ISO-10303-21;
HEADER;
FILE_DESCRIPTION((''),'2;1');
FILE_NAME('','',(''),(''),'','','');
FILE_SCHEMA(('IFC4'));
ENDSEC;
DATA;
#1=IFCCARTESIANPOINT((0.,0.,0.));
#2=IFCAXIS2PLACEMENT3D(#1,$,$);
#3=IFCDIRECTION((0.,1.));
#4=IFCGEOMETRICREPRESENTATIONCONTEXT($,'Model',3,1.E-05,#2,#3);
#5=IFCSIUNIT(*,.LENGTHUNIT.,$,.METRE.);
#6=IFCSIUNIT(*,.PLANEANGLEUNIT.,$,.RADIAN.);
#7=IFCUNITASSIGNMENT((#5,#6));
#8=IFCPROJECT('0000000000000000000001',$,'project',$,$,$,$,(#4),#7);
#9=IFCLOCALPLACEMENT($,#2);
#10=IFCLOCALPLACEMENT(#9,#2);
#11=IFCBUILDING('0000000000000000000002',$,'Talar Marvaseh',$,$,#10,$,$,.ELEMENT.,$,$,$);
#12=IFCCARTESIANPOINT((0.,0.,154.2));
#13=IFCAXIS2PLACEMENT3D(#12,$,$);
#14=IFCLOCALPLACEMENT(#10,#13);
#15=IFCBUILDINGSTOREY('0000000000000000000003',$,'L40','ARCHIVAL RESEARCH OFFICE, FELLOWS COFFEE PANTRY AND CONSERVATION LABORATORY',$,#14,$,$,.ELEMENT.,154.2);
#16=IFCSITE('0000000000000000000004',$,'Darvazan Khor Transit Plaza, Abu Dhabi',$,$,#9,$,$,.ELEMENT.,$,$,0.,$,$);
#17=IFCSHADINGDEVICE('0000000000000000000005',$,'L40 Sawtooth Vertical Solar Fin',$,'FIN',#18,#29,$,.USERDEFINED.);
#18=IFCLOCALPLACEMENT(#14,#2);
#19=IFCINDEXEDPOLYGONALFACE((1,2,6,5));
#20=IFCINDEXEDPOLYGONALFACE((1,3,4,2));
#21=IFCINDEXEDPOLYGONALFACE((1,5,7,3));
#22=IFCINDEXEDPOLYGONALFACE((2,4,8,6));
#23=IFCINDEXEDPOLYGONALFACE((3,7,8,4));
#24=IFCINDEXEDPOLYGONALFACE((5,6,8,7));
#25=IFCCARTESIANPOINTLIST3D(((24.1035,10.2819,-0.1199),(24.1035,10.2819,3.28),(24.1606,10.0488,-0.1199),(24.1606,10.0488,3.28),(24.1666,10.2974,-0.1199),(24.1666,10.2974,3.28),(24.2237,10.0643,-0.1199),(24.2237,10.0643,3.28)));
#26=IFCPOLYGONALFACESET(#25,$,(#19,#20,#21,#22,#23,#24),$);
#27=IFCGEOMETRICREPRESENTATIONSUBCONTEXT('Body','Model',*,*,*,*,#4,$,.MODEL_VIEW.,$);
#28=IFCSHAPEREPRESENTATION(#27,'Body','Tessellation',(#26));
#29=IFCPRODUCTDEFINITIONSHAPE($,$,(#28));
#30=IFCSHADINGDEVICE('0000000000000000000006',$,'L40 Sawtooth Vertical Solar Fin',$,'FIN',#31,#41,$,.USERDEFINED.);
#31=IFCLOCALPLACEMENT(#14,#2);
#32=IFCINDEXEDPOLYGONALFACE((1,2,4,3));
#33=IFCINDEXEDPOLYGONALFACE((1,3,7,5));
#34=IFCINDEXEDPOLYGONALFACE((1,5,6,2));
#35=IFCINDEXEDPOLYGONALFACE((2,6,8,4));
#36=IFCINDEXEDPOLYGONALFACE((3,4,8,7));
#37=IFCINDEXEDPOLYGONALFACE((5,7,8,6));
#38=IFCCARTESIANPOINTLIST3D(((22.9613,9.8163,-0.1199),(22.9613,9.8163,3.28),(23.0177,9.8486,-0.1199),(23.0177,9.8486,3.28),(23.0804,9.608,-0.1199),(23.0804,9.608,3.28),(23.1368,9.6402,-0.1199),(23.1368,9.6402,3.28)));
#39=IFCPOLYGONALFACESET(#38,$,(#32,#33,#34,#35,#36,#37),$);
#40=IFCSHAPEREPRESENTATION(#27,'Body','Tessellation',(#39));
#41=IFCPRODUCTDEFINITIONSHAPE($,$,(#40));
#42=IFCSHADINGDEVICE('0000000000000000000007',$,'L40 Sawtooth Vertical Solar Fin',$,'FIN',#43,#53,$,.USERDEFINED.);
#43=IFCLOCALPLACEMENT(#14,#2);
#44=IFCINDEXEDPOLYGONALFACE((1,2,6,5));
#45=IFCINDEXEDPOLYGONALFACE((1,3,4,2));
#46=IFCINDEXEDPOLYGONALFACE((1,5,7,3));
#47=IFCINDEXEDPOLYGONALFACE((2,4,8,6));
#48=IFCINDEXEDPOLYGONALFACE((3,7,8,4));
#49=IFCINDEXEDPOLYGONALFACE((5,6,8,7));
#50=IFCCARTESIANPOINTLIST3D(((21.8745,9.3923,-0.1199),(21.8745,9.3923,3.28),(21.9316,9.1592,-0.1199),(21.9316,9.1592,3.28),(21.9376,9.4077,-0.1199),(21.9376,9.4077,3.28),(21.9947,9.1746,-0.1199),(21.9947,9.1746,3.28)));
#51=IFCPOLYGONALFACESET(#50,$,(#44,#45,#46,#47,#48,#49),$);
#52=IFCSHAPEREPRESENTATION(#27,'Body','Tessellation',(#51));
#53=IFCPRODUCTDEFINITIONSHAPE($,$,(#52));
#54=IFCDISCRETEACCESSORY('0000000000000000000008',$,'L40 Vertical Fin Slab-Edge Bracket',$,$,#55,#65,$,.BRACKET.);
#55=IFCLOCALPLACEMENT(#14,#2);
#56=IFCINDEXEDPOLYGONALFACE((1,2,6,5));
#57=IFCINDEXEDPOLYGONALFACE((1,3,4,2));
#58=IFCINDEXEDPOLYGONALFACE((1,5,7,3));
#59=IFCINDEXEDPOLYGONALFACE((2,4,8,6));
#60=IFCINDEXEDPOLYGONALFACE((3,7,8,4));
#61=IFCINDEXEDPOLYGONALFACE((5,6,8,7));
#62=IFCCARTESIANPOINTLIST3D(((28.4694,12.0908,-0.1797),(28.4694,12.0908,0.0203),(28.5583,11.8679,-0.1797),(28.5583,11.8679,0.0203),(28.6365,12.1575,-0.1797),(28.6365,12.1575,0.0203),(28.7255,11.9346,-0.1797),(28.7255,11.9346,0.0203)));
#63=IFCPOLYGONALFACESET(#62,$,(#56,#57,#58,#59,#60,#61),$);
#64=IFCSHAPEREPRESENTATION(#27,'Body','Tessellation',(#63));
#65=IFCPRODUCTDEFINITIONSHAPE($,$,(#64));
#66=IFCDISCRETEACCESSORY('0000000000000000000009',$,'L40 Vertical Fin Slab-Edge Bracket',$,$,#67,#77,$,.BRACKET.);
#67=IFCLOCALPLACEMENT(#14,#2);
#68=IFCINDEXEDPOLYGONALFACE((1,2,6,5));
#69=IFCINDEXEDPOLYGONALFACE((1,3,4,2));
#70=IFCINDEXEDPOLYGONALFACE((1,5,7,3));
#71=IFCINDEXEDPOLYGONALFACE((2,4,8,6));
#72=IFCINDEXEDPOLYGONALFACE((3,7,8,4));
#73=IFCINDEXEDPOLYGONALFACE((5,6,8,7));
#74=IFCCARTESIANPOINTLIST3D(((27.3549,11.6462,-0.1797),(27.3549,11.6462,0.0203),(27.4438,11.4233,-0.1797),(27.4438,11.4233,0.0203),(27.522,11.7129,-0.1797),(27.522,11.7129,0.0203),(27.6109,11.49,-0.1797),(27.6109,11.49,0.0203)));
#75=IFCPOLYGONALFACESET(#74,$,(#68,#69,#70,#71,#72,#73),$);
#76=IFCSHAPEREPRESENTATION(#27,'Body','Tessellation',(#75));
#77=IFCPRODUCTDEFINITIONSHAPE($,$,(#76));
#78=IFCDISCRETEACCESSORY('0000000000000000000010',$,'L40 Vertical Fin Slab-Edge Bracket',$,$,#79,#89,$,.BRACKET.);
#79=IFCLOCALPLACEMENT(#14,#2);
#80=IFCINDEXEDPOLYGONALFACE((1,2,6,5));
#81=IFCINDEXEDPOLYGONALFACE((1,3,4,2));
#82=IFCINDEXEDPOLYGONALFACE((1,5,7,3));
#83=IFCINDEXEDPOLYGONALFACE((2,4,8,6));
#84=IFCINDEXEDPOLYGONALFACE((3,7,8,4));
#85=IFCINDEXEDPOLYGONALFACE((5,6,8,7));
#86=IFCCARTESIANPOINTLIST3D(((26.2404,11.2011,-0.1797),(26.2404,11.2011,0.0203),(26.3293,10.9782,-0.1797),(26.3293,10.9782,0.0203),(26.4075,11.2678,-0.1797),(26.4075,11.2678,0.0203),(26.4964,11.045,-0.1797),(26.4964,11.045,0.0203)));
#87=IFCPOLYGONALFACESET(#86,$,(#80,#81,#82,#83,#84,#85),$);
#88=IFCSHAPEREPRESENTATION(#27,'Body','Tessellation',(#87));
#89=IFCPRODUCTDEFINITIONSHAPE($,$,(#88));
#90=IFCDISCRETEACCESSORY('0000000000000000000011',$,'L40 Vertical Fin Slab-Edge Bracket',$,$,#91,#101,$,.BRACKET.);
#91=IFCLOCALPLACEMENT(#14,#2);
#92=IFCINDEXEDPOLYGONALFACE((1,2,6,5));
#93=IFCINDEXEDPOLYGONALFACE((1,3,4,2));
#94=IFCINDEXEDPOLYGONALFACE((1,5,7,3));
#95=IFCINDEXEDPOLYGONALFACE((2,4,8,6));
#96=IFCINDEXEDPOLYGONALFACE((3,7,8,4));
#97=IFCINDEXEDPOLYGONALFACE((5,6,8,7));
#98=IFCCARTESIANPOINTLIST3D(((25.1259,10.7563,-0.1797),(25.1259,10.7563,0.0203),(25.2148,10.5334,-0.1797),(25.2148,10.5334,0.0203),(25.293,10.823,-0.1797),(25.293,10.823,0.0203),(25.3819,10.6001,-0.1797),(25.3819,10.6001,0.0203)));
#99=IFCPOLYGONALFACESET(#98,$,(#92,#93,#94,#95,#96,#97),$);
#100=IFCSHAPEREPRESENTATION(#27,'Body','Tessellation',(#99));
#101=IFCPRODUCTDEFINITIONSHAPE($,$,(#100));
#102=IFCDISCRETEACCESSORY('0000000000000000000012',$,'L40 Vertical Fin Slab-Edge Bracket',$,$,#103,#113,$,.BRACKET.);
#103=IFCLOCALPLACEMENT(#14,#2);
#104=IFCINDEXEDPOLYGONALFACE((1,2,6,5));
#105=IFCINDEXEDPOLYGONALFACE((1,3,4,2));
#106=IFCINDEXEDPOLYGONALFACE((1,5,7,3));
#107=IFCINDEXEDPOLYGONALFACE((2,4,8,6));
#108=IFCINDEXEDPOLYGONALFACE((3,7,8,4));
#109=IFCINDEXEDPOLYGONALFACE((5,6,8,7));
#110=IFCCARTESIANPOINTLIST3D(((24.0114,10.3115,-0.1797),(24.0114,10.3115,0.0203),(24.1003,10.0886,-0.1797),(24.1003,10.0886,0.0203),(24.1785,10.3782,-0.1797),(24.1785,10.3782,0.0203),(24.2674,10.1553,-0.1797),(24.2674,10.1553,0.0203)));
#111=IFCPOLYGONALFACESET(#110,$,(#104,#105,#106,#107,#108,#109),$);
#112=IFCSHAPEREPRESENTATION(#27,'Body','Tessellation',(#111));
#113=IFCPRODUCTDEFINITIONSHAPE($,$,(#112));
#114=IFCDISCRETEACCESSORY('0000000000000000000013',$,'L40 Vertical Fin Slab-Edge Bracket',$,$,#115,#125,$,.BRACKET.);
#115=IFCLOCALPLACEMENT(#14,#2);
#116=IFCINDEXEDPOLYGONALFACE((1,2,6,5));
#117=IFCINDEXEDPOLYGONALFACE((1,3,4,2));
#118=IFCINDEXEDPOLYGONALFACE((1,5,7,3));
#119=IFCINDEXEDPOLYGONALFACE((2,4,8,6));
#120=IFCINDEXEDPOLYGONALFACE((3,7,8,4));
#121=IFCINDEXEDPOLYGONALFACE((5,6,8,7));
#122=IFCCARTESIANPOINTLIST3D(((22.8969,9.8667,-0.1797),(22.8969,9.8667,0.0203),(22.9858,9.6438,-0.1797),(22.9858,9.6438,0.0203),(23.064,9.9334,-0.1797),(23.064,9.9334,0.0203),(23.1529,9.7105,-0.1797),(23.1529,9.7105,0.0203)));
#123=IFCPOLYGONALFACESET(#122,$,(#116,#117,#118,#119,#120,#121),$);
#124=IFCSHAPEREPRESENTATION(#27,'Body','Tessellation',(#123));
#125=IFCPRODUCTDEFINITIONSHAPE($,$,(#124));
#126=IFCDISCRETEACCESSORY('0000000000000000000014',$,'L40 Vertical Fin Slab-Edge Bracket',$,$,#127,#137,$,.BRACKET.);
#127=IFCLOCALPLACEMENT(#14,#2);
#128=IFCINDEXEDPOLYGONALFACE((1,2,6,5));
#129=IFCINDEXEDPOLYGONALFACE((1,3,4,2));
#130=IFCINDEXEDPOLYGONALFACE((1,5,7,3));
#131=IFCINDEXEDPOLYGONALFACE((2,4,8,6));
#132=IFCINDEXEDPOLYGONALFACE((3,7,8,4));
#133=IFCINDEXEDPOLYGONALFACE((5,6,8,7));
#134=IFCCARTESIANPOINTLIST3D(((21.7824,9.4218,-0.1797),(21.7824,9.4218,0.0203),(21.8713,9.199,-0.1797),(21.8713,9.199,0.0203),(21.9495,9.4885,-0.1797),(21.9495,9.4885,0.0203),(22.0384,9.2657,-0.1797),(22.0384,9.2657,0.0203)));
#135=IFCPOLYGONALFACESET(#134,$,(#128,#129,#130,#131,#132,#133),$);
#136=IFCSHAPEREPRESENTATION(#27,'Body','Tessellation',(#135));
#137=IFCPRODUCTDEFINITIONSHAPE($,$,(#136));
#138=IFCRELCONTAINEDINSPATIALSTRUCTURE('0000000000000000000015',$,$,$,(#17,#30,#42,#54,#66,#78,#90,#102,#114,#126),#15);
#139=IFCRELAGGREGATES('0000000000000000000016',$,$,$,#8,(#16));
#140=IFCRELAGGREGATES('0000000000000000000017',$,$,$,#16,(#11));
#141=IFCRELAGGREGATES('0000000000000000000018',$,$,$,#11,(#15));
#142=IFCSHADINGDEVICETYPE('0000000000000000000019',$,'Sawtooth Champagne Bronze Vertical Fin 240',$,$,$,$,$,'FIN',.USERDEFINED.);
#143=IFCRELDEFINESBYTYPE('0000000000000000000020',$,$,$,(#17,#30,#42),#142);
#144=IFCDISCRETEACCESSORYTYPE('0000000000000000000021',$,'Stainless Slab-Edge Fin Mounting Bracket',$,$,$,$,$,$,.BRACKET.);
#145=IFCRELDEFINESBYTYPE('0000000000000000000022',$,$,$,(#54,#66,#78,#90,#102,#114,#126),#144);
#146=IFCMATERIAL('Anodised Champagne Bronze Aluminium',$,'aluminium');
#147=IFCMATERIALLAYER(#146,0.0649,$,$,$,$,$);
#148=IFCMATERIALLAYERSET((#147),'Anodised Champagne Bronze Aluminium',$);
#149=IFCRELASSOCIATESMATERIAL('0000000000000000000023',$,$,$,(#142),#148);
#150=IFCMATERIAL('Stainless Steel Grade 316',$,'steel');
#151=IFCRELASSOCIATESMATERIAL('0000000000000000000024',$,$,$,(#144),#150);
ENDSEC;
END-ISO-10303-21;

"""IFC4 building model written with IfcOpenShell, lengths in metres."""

from ifc_helpers import new_model, si_unit, direction, frame, origin, origin_2d, place, context, subcontext, project, spatial, rectangle, extrude, source, transform, mapped, material, layer, layer_set, type_object, type_shapes, element, save


model = new_model("IFC4")

# Units and contexts
model_context = context("Model", 3, precision=1e-05, world=origin(), true_north=direction((0.0, 1.0)))
body_context = subcontext(model_context, "Body", "Model", "MODEL_VIEW")
ifc_project = project(units=[si_unit("LENGTHUNIT", "METRE"), si_unit("PLANEANGLEUNIT", "RADIAN")], contexts=[model_context])

# Site, building, storey
site_placement = place(None, origin())
site = spatial("IfcSite", under=ifc_project, at=site_placement, Name="Darvazan Khor Transit Plaza, Abu Dhabi", CompositionType="ELEMENT", RefElevation=0.0)
building_placement = place(site_placement, origin())
building = spatial("IfcBuilding", under=site, at=building_placement, Name="Talar Marvaseh", CompositionType="ELEMENT")
storey_placement = place(building_placement, frame((0.0, 0.0, 154.2)))
storey = spatial("IfcBuildingStorey", under=building, at=storey_placement, Name="L40", Description="ARCHIVAL RESEARCH OFFICE, FELLOWS COFFEE PANTRY AND CONSERVATION LABORATORY", CompositionType="ELEMENT", Elevation=154.2)

# Shading devices
ifc_material_1 = material(Name="Anodised Champagne Bronze Aluminium", Category="aluminium")
ifc_layer_1 = layer(ifc_material_1, 0.0649)
ifc_layer_set_1 = layer_set([ifc_layer_1], Name="Anodised Champagne Bronze Aluminium")
shading_device_type = type_object("IfcShadingDeviceType", Name="Sawtooth Champagne Bronze Vertical Fin 240", ElementType="FIN", PredefinedType="USERDEFINED", material=ifc_layer_set_1)
shared_shape_1 = source(origin(), body_context, "Body", "SweptSolid", [
    extrude(rectangle(XDim=0.24, YDim=0.0649, at=origin_2d()), origin(), (0.0, 0.0, 1.0), 3.3999),
])
type_shapes(shading_device_type, [shared_shape_1])
for number, where, z_axis, x_axis, name in (
    (1, (24.1636, 10.1731, -0.1199), (0.0, 0.0, 1.0), (0.237855, -0.971301, 0.0), "L40 Sawtooth Vertical Solar Fin"),
    (2, (23.0491, 9.7283, -0.1199), (0.0, 0.0, 1.0), (0.496368, -0.868112, 0.0), "L40 Sawtooth Vertical Solar Fin"),
    (3, (21.9346, 9.2834, -0.1199), (0.0, 0.0, 1.0), (0.237855, -0.971301, 0.0), "L40 Sawtooth Vertical Solar Fin"),
):
    element("IfcShadingDevice", number, at=place(storey_placement, frame(where, z_axis=z_axis, x_axis=x_axis)), inside=storey, type_object=shading_device_type, Name=name, ObjectType="FIN", PredefinedType="USERDEFINED", context=body_context, shape_type="MappedRepresentation", body=[
        mapped(shared_shape_1, transform((0.0, 0.0, 0.0), x_axis=(1.0, 0.0, 0.0), y_axis=(0.0, 1.0, 0.0), z_axis=(0.0, 0.0, 1.0), scale=1.0)),
    ])

# Discrete accessories
ifc_material_2 = material(Name="Stainless Steel Grade 316", Category="steel")
discrete_accessory_type = type_object("IfcDiscreteAccessoryType", Name="Stainless Slab-Edge Fin Mounting Bracket", PredefinedType="BRACKET", material=ifc_material_2)
shared_shape_2 = source(origin(), body_context, "Body", "SweptSolid", [
    extrude(rectangle(XDim=0.24, YDim=0.1799, at=origin_2d()), origin(), (0.0, 0.0, 1.0), 0.2),
])
type_shapes(discrete_accessory_type, [shared_shape_2])
for number, where, z_axis, x_axis, name in (
    (4, (28.5974, 12.0127, -0.1797), (0.0, 0.0, 1.0), (0.37072, -0.928745, 0.0), "L40 Vertical Fin Slab-Edge Bracket"),
    (5, (27.4829, 11.5681, -0.1797), (0.0, 0.0, 1.0), (0.37072, -0.928745, 0.0), "L40 Vertical Fin Slab-Edge Bracket"),
    (6, (26.3684, 11.123, -0.1797), (0.0, 0.0, 1.0), (0.37072, -0.928745, 0.0), "L40 Vertical Fin Slab-Edge Bracket"),
    (7, (25.2539, 10.6782, -0.1797), (0.0, 0.0, 1.0), (0.37072, -0.928745, 0.0), "L40 Vertical Fin Slab-Edge Bracket"),
    (8, (24.1394, 10.2334, -0.1797), (0.0, 0.0, 1.0), (0.37072, -0.928745, 0.0), "L40 Vertical Fin Slab-Edge Bracket"),
    (9, (23.0249, 9.7886, -0.1797), (0.0, 0.0, 1.0), (0.37072, -0.928745, 0.0), "L40 Vertical Fin Slab-Edge Bracket"),
    (10, (21.9104, 9.3438, -0.1797), (0.0, 0.0, 1.0), (0.37072, -0.928745, 0.0), "L40 Vertical Fin Slab-Edge Bracket"),
):
    element("IfcDiscreteAccessory", number, at=place(storey_placement, frame(where, z_axis=z_axis, x_axis=x_axis)), inside=storey, type_object=discrete_accessory_type, Name=name, PredefinedType="BRACKET", context=body_context, shape_type="MappedRepresentation", body=[
        mapped(shared_shape_2, transform((0.0, 0.0, 0.0), x_axis=(1.0, 0.0, 0.0), y_axis=(0.0, 1.0, 0.0), z_axis=(0.0, 0.0, 1.0), scale=1.0)),
    ])

save(model, "model.ifc")
